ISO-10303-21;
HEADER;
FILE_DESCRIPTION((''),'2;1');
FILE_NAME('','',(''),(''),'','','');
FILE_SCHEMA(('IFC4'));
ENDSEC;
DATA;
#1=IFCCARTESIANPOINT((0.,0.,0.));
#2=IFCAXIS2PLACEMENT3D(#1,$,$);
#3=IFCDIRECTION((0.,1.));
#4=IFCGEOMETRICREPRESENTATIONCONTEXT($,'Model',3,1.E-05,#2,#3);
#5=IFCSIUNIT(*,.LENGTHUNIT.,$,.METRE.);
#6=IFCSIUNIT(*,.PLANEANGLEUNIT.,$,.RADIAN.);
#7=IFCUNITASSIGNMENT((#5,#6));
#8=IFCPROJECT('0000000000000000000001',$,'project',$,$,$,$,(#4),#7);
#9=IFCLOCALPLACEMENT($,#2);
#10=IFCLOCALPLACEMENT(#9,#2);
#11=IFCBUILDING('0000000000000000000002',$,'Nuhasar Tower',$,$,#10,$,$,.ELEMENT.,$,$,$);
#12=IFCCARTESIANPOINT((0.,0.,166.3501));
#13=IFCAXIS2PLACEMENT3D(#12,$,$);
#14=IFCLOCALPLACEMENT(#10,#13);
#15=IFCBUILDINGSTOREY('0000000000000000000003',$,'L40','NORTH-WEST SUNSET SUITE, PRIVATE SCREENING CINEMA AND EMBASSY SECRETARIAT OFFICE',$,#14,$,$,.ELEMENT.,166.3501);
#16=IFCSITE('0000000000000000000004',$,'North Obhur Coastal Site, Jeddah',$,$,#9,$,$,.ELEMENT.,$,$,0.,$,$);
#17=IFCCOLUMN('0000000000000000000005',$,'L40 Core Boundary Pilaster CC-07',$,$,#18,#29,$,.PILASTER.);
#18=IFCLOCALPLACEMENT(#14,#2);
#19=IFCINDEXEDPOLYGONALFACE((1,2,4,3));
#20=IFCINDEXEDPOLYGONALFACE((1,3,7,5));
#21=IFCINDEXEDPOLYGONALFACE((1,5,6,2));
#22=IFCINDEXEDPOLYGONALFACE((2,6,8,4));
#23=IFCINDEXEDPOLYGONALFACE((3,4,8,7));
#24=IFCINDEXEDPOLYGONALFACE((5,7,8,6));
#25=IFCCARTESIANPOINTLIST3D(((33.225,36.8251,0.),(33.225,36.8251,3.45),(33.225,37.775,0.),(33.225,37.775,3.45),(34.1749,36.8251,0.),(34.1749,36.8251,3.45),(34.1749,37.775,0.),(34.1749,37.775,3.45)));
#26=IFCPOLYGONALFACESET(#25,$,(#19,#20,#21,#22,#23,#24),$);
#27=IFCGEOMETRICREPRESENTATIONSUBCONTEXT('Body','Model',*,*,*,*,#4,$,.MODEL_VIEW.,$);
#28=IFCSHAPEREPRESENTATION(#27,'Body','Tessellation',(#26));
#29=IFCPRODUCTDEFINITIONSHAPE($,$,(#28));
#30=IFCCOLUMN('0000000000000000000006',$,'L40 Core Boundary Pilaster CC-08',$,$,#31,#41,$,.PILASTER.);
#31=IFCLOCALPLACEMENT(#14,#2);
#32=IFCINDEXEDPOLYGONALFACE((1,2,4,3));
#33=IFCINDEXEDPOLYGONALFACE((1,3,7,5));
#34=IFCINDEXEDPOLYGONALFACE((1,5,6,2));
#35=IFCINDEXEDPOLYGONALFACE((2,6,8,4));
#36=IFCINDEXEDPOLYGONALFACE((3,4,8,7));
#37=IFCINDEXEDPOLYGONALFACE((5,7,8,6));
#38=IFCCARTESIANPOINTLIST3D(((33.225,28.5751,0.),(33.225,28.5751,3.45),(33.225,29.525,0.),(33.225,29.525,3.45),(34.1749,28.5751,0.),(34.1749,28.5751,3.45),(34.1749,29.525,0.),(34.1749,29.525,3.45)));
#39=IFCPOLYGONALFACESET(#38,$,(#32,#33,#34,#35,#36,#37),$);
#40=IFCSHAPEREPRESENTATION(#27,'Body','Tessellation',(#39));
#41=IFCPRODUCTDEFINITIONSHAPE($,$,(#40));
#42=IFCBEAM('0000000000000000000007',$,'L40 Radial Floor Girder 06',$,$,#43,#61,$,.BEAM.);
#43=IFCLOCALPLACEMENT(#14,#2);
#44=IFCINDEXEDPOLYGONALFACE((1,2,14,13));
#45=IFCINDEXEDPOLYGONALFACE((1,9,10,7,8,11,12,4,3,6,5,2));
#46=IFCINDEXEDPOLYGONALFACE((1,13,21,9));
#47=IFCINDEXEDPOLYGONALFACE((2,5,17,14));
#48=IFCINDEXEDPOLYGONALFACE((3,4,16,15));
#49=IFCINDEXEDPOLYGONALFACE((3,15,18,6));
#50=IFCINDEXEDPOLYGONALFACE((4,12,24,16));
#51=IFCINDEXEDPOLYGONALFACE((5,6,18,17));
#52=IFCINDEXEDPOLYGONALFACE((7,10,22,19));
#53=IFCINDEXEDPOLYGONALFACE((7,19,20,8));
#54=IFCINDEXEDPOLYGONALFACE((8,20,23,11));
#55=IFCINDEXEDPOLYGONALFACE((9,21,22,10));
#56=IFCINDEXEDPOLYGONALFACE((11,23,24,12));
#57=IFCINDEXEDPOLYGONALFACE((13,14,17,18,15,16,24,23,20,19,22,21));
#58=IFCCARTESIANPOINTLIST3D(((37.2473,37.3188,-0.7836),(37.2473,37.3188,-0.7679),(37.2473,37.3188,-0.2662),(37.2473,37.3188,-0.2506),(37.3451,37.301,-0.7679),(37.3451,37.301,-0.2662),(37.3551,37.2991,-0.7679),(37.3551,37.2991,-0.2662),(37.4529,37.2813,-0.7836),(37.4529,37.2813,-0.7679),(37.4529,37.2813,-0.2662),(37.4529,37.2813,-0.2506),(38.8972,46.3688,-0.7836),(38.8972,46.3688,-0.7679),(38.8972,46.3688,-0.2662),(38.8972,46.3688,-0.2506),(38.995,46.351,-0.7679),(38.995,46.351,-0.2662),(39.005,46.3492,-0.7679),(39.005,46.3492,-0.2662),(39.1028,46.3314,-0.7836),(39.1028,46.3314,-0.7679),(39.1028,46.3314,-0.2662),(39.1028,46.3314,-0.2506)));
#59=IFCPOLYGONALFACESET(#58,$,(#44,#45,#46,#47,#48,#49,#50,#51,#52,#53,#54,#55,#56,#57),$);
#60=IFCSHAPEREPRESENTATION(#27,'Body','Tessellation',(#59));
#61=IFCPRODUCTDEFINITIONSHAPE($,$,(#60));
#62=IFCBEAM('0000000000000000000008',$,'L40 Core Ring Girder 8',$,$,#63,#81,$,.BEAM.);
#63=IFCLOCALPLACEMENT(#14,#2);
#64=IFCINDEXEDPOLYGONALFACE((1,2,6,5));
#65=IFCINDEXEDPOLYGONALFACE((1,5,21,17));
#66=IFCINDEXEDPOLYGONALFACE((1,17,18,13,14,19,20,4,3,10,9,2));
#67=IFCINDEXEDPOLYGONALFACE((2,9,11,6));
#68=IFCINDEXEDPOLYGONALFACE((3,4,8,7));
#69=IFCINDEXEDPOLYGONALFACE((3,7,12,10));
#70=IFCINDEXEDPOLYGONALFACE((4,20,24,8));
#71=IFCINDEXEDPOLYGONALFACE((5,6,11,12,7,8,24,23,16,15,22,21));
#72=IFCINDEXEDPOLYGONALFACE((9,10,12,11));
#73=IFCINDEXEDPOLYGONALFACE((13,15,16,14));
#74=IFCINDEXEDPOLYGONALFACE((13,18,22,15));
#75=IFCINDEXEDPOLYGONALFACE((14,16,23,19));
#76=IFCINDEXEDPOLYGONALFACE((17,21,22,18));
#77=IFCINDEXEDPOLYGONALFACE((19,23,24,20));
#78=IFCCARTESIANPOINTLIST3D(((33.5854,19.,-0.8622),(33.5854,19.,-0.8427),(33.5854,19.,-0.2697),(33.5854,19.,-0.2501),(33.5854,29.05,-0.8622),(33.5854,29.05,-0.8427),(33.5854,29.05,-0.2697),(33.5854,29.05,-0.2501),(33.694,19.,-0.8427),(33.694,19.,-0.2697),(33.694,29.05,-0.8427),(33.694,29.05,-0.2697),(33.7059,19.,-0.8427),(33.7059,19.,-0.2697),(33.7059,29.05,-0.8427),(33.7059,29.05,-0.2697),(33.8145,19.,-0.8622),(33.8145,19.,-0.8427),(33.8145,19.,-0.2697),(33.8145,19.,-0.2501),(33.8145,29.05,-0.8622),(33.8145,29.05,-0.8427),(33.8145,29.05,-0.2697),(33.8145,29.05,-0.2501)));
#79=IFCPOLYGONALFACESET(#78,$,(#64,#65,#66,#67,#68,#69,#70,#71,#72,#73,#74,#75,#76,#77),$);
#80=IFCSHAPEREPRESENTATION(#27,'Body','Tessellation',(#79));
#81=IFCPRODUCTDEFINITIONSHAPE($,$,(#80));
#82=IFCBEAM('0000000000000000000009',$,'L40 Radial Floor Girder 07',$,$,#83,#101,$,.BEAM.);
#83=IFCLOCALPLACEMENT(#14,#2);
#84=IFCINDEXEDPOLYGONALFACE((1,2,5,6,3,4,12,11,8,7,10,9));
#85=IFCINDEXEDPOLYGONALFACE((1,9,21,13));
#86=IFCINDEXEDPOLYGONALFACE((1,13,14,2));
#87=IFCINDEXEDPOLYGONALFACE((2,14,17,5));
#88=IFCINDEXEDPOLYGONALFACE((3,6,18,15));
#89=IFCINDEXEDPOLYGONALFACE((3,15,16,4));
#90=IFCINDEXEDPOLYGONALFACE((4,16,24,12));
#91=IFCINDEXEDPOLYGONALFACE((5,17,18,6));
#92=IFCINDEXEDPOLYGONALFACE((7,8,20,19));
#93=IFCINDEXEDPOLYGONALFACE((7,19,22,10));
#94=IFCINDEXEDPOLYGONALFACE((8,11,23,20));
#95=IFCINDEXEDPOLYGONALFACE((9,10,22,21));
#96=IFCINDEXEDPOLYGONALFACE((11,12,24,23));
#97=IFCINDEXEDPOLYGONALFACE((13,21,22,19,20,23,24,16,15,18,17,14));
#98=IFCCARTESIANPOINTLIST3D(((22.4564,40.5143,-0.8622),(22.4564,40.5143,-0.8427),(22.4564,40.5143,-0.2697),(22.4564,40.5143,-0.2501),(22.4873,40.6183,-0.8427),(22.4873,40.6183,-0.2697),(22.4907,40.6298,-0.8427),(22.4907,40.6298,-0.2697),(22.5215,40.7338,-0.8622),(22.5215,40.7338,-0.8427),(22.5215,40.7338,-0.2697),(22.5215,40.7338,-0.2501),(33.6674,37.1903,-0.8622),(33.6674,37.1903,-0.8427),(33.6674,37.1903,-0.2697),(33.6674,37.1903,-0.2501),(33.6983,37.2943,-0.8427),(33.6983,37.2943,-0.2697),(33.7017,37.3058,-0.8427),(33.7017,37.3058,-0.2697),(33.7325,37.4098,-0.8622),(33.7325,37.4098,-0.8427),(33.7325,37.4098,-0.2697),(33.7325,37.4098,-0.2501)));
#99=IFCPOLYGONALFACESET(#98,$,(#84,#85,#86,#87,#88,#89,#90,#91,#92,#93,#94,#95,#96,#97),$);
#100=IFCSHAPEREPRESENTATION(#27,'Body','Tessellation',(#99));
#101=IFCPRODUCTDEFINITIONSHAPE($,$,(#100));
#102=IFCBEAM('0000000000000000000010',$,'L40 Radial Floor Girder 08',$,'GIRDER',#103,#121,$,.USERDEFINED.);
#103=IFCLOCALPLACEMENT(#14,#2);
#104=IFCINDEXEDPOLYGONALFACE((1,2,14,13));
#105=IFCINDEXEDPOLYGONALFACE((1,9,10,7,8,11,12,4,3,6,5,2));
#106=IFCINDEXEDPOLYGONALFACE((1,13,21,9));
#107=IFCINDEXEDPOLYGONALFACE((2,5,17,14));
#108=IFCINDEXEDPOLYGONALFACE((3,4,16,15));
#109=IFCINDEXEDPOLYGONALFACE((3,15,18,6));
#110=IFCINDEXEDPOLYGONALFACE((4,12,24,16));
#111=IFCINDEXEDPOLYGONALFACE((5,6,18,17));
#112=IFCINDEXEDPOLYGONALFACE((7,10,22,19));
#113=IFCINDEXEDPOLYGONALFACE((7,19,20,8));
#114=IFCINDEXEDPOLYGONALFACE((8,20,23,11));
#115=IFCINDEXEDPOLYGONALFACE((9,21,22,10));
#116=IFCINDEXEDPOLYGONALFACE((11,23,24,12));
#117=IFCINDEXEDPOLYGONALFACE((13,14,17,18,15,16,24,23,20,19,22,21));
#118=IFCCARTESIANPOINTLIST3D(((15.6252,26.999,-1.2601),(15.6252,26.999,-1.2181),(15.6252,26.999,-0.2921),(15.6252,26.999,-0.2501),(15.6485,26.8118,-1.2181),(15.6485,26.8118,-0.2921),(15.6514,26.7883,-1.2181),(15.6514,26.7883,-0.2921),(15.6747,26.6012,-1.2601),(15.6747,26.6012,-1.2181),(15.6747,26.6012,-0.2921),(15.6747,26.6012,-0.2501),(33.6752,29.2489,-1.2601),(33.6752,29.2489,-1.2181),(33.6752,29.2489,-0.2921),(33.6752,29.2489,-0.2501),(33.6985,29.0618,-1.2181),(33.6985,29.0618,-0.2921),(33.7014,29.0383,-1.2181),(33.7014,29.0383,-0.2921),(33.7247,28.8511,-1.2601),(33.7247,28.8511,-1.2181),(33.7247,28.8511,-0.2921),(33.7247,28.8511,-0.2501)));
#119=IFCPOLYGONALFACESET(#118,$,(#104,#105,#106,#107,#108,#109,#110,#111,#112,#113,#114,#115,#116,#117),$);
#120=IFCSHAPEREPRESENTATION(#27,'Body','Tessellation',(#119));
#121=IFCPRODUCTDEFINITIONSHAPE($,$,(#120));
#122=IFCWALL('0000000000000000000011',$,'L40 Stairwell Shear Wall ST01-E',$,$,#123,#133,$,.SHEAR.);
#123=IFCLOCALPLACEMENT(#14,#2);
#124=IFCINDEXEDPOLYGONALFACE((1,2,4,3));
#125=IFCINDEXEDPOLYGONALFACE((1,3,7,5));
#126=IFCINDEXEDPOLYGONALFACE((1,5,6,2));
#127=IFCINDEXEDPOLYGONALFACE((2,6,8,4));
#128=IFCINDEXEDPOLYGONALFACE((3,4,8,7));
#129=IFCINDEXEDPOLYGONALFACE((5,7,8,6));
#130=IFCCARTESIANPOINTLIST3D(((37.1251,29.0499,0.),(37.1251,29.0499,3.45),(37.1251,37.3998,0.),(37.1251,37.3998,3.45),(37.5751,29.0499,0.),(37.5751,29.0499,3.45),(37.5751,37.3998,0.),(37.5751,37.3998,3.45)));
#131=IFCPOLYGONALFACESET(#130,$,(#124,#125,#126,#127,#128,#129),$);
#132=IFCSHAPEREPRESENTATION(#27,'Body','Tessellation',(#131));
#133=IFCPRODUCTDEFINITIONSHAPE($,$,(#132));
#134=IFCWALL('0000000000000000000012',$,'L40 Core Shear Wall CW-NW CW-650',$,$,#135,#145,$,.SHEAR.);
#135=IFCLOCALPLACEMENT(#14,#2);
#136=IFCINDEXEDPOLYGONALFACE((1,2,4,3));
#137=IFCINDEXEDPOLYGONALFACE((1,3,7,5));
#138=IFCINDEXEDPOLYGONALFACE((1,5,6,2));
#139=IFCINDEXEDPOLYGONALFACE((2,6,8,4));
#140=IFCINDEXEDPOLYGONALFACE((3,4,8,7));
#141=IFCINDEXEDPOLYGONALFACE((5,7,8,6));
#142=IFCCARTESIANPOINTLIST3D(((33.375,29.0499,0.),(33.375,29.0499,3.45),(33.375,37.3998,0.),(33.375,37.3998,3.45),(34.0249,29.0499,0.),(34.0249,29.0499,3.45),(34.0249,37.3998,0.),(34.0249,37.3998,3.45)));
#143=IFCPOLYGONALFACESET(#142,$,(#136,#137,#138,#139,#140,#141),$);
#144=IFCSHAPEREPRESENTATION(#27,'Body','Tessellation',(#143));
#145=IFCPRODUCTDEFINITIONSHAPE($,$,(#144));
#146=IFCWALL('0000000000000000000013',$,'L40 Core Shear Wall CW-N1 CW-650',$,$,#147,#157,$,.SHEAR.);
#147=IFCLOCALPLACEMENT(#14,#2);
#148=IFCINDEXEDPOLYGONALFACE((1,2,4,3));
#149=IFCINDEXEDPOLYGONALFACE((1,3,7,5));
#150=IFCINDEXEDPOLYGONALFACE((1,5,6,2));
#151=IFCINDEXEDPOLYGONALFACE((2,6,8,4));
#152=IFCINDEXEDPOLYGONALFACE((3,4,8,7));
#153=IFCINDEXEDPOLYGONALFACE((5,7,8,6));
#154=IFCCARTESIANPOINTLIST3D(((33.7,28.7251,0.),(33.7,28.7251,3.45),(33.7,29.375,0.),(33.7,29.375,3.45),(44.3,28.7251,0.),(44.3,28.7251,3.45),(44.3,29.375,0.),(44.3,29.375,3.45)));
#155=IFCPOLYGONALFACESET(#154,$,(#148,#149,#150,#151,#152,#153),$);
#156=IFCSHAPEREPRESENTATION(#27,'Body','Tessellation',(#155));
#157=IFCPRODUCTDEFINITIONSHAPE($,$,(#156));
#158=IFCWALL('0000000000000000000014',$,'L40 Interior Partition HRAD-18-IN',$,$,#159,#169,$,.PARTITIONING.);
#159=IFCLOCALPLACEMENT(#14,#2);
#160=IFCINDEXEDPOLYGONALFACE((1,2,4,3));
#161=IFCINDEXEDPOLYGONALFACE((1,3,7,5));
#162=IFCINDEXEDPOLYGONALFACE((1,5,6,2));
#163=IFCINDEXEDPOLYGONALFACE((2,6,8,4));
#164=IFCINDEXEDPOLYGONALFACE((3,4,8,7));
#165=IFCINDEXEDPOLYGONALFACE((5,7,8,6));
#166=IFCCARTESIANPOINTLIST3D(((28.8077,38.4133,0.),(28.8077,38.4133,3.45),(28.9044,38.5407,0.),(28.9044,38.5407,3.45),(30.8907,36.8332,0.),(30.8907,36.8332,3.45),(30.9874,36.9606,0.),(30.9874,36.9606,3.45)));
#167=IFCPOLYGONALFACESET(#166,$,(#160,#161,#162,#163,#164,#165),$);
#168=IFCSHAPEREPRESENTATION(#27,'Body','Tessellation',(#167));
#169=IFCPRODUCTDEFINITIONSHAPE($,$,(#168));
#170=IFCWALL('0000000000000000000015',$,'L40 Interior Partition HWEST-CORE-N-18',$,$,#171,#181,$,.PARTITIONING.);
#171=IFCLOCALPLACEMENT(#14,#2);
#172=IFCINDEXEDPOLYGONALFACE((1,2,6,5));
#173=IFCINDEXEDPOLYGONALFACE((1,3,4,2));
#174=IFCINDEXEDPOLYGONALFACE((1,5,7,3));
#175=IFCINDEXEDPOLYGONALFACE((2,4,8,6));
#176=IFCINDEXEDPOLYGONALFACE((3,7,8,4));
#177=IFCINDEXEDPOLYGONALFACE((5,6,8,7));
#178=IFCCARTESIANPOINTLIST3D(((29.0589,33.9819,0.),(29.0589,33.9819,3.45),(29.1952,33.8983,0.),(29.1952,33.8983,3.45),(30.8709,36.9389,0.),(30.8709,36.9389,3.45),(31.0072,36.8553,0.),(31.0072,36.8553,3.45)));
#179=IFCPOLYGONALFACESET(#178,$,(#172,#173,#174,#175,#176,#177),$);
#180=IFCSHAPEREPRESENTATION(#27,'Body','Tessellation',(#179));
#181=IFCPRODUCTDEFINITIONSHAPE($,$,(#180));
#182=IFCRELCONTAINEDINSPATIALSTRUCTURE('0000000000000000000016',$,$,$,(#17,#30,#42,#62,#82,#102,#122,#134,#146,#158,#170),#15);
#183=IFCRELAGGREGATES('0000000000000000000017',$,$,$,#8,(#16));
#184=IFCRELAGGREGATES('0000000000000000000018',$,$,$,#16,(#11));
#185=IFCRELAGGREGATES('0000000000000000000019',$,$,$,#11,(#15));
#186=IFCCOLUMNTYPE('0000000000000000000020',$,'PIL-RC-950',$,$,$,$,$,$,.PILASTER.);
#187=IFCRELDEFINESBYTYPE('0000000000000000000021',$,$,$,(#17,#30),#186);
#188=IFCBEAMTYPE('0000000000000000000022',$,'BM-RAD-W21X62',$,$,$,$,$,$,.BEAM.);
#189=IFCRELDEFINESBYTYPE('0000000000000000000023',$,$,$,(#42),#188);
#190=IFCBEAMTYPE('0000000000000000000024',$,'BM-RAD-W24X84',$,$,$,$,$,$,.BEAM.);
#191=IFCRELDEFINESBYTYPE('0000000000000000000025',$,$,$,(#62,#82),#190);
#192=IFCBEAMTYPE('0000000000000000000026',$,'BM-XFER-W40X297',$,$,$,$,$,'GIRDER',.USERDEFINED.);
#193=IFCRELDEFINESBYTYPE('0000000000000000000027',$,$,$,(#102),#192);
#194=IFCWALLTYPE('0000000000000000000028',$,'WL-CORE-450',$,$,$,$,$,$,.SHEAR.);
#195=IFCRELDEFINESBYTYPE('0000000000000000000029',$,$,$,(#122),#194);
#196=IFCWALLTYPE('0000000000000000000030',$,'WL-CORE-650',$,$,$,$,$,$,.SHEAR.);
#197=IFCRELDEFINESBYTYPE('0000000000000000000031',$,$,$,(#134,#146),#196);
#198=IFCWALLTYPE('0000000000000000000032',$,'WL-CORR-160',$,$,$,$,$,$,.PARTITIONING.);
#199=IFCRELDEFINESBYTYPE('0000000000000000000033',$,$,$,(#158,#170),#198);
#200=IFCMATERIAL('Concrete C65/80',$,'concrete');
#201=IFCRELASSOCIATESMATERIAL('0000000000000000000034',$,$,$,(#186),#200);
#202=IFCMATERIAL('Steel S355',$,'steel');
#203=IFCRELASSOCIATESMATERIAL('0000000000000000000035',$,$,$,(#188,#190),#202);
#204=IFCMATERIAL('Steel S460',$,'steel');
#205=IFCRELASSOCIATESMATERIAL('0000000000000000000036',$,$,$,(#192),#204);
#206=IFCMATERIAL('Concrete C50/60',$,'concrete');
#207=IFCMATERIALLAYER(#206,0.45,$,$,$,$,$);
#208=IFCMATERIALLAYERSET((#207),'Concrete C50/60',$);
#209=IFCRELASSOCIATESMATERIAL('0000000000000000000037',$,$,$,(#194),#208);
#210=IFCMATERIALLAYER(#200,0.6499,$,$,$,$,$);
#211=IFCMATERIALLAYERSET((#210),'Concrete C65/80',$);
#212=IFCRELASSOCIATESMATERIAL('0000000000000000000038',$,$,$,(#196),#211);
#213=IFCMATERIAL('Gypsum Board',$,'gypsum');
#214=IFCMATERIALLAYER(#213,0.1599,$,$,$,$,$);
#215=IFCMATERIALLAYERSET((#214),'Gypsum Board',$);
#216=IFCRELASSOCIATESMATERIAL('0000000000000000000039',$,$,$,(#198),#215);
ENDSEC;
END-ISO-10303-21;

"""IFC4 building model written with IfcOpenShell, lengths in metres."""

from ifc_helpers import new_model, si_unit, direction, frame, frame_2d, origin, origin_2d, place, context, subcontext, project, spatial, rectangle, i_section, extrude, material, layer, layer_set, material_profile, profile_set, type_object, element, save


model = new_model("IFC4")

# Units and contexts
model_context = context("Model", 3, precision=1e-05, world=origin(), true_north=direction((0.0, 1.0)))
body_context = subcontext(model_context, "Body", "Model", "MODEL_VIEW")
ifc_project = project(units=[si_unit("LENGTHUNIT", "METRE"), si_unit("PLANEANGLEUNIT", "RADIAN")], contexts=[model_context])

# Site, building, storey
site_placement = place(None, origin())
site = spatial("IfcSite", under=ifc_project, at=site_placement, Name="North Obhur Coastal Site, Jeddah", CompositionType="ELEMENT", RefElevation=0.0)
building_placement = place(site_placement, origin())
building = spatial("IfcBuilding", under=site, at=building_placement, Name="Nuhasar Tower", CompositionType="ELEMENT")
storey_placement = place(building_placement, frame((0.0, 0.0, 166.3501)))
storey = spatial("IfcBuildingStorey", under=building, at=storey_placement, Name="L40", Description="NORTH-WEST SUNSET SUITE, PRIVATE SCREENING CINEMA AND EMBASSY SECRETARIAT OFFICE", CompositionType="ELEMENT", Elevation=166.3501)

# Columns
ifc_material_1 = material(Name="Concrete C65/80", Category="concrete")
ifc_material_profile_1 = material_profile(ifc_material_1, rectangle(XDim=0.95, YDim=0.95, at=origin_2d()), Name="RC950X950")
ifc_profile_set_1 = profile_set([ifc_material_profile_1], Name="Concrete C65/80")
column_type = type_object("IfcColumnType", Name="PIL-RC-950", PredefinedType="PILASTER", material=ifc_profile_set_1)
for number, where, z_axis, x_axis, name in (
    (1, (33.7, 37.3, 0.0), (0.0, 0.0, 1.0), (1.0, 0.0, 0.0), "L40 Core Boundary Pilaster CC-07"),
    (2, (33.7, 29.05, 0.0), (0.0, 0.0, 1.0), (1.0, 0.0, 0.0), "L40 Core Boundary Pilaster CC-08"),
):
    element("IfcColumn", number, at=place(storey_placement, frame(where, z_axis=z_axis, x_axis=x_axis)), inside=storey, type_object=column_type, Name=name, PredefinedType="PILASTER", context=body_context, shape_type="SweptSolid", body=[
        extrude(rectangle(XDim=0.95, YDim=0.95, at=origin_2d()), origin(), (0.0, 0.0, 1.0), 3.45),
    ])

# Beams
ifc_material_2 = material(Name="Steel S355", Category="steel")
ifc_material_profile_2 = material_profile(ifc_material_2, i_section(OverallWidth=0.209, OverallDepth=0.533, WebThickness=0.0103, FlangeThickness=0.0156, at=origin_2d()), Name="W21X62")
ifc_profile_set_2 = profile_set([ifc_material_profile_2], Name="Steel S355")
beam_type_1 = type_object("IfcBeamType", Name="BM-RAD-W21X62", PredefinedType="BEAM", material=ifc_profile_set_2)
beam_1_placement = place(storey_placement, frame((37.3501, 37.3, -0.5171), z_axis=(0.179353, 0.983785, 0.0), x_axis=(-0.983785, 0.179353, 0.0)))
element("IfcBeam", 3, at=beam_1_placement, inside=storey, type_object=beam_type_1, Name="L40 Radial Floor Girder 06", PredefinedType="BEAM", context=body_context, shape_type="SweptSolid", body=[
    extrude(i_section(OverallWidth=0.209, OverallDepth=0.533, WebThickness=0.0103, FlangeThickness=0.0156, at=origin_2d()), origin(), (0.0, 0.0, 1.0), 9.1992),
])
ifc_material_profile_3 = material_profile(ifc_material_2, i_section(OverallWidth=0.229, OverallDepth=0.6121, WebThickness=0.012, FlangeThickness=0.0195, at=origin_2d()), Name="W24X84")
ifc_profile_set_3 = profile_set([ifc_material_profile_3], Name="Steel S355")
beam_type_2 = type_object("IfcBeamType", Name="BM-RAD-W24X84", PredefinedType="BEAM", material=ifc_profile_set_3)
beam_2_placement = place(storey_placement, frame((33.7, 29.05, -0.5562), z_axis=(0.0, -1.0, 0.0), x_axis=(1.0, 0.0, 0.0)))
element("IfcBeam", 4, at=beam_2_placement, inside=storey, type_object=beam_type_2, Name="L40 Core Ring Girder 8", PredefinedType="BEAM", context=body_context, shape_type="SweptSolid", body=[
    extrude(i_section(OverallWidth=0.229, OverallDepth=0.6121, WebThickness=0.012, FlangeThickness=0.0195, at=origin_2d()), origin(), (0.0, 0.0, 1.0), 10.05),
])
beam_3_placement = place(storey_placement, frame((33.7, 37.3, -0.5562), z_axis=(-0.958746, 0.284262, 0.0), x_axis=(-0.284262, -0.958746, 0.0)))
element("IfcBeam", 5, at=beam_3_placement, inside=storey, type_object=beam_type_2, Name="L40 Radial Floor Girder 07", PredefinedType="BEAM", context=body_context, shape_type="SweptSolid", body=[
    extrude(i_section(OverallWidth=0.229, OverallDepth=0.6121, WebThickness=0.012, FlangeThickness=0.0195, at=origin_2d()), origin(), (0.0, 0.0, 1.0), 11.6934),
])
ifc_material_3 = material(Name="Steel S460", Category="steel")
ifc_material_profile_4 = material_profile(ifc_material_3, i_section(OverallWidth=0.4009, OverallDepth=1.01, WebThickness=0.0237, FlangeThickness=0.042, at=origin_2d()), Name="W40X297")
ifc_profile_set_4 = profile_set([ifc_material_profile_4], Name="Steel S460")
beam_type_3 = type_object("IfcBeamType", Name="BM-XFER-W40X297", ElementType="GIRDER", PredefinedType="USERDEFINED", material=ifc_profile_set_4)
beam_4_placement = place(storey_placement, frame((33.7, 29.05, -0.7551), z_axis=(-0.99232, -0.123696, 0.0), x_axis=(0.123696, -0.99232, 0.0)))
element("IfcBeam", 6, at=beam_4_placement, inside=storey, type_object=beam_type_3, Name="L40 Radial Floor Girder 08", ObjectType="GIRDER", PredefinedType="USERDEFINED", context=body_context, shape_type="SweptSolid", body=[
    extrude(i_section(OverallWidth=0.4009, OverallDepth=1.01, WebThickness=0.0237, FlangeThickness=0.042, at=origin_2d()), origin(), (0.0, 0.0, 1.0), 18.1897),
])

# Walls
ifc_material_4 = material(Name="Concrete C50/60", Category="concrete")
ifc_layer_1 = layer(ifc_material_4, 0.45)
ifc_layer_set_1 = layer_set([ifc_layer_1], Name="Concrete C50/60")
wall_type_1 = type_object("IfcWallType", Name="WL-CORE-450", PredefinedType="SHEAR", material=ifc_layer_set_1)
wall_1_placement = place(storey_placement, frame((37.3501, 29.05, 0.0), z_axis=(0.0, 0.0, 1.0), x_axis=(0.0, 1.0, 0.0)))
element("IfcWall", 7, at=wall_1_placement, inside=storey, type_object=wall_type_1, Name="L40 Stairwell Shear Wall ST01-E", PredefinedType="SHEAR", context=body_context, shape_type="SweptSolid", body=[
    extrude(rectangle(XDim=8.3499, YDim=0.45, at=frame_2d((4.1748, 0.0))), origin(), (0.0, 0.0, 1.0), 3.45),
])
ifc_layer_2 = layer(ifc_material_1, 0.6499)
ifc_layer_set_2 = layer_set([ifc_layer_2], Name="Concrete C65/80")
wall_type_2 = type_object("IfcWallType", Name="WL-CORE-650", PredefinedType="SHEAR", material=ifc_layer_set_2)
wall_2_placement = place(storey_placement, frame((33.7, 29.05, 0.0), z_axis=(0.0, 0.0, 1.0), x_axis=(0.0, 1.0, 0.0)))
element("IfcWall", 8, at=wall_2_placement, inside=storey, type_object=wall_type_2, Name="L40 Core Shear Wall CW-NW CW-650", PredefinedType="SHEAR", context=body_context, shape_type="SweptSolid", body=[
    extrude(rectangle(XDim=8.3499, YDim=0.6499, at=frame_2d((4.1748, 0.0))), origin(), (0.0, 0.0, 1.0), 3.45),
])
wall_3_placement = place(storey_placement, frame((33.7, 29.05, 0.0), z_axis=(0.0, 0.0, 1.0), x_axis=(1.0, 0.0, 0.0)))
element("IfcWall", 9, at=wall_3_placement, inside=storey, type_object=wall_type_2, Name="L40 Core Shear Wall CW-N1 CW-650", PredefinedType="SHEAR", context=body_context, shape_type="SweptSolid", body=[
    extrude(rectangle(XDim=10.6001, YDim=0.6499, at=frame_2d((5.3, 0.0))), origin(), (0.0, 0.0, 1.0), 3.45),
])
ifc_material_5 = material(Name="Gypsum Board", Category="gypsum")
ifc_layer_3 = layer(ifc_material_5, 0.1599)
ifc_layer_set_3 = layer_set([ifc_layer_3], Name="Gypsum Board")
wall_type_3 = type_object("IfcWallType", Name="WL-CORR-160", PredefinedType="PARTITIONING", material=ifc_layer_set_3)
wall_4_placement = place(storey_placement, frame((30.939, 36.897, 0.0), z_axis=(0.0, 0.0, 1.0), x_axis=(-0.796716, 0.604354, 0.0)))
element("IfcWall", 10, at=wall_4_placement, inside=storey, type_object=wall_type_3, Name="L40 Interior Partition HRAD-18-IN", PredefinedType="PARTITIONING", context=body_context, shape_type="SweptSolid", body=[
    extrude(rectangle(XDim=2.6145, YDim=0.1599, at=frame_2d((1.3071, 0.0))), origin(), (0.0, 0.0, 1.0), 3.45),
])
wall_5_placement = place(storey_placement, frame((30.939, 36.897, 0.0), z_axis=(0.0, 0.0, 1.0), x_axis=(-0.522486, -0.852648, 0.0)))
element("IfcWall", 11, at=wall_5_placement, inside=storey, type_object=wall_type_3, Name="L40 Interior Partition HWEST-CORE-N-18", PredefinedType="PARTITIONING", context=body_context, shape_type="SweptSolid", body=[
    extrude(rectangle(XDim=3.468, YDim=0.1599, at=frame_2d((1.7339, 0.0))), origin(), (0.0, 0.0, 1.0), 3.45),
])

save(model, "model.ifc")
